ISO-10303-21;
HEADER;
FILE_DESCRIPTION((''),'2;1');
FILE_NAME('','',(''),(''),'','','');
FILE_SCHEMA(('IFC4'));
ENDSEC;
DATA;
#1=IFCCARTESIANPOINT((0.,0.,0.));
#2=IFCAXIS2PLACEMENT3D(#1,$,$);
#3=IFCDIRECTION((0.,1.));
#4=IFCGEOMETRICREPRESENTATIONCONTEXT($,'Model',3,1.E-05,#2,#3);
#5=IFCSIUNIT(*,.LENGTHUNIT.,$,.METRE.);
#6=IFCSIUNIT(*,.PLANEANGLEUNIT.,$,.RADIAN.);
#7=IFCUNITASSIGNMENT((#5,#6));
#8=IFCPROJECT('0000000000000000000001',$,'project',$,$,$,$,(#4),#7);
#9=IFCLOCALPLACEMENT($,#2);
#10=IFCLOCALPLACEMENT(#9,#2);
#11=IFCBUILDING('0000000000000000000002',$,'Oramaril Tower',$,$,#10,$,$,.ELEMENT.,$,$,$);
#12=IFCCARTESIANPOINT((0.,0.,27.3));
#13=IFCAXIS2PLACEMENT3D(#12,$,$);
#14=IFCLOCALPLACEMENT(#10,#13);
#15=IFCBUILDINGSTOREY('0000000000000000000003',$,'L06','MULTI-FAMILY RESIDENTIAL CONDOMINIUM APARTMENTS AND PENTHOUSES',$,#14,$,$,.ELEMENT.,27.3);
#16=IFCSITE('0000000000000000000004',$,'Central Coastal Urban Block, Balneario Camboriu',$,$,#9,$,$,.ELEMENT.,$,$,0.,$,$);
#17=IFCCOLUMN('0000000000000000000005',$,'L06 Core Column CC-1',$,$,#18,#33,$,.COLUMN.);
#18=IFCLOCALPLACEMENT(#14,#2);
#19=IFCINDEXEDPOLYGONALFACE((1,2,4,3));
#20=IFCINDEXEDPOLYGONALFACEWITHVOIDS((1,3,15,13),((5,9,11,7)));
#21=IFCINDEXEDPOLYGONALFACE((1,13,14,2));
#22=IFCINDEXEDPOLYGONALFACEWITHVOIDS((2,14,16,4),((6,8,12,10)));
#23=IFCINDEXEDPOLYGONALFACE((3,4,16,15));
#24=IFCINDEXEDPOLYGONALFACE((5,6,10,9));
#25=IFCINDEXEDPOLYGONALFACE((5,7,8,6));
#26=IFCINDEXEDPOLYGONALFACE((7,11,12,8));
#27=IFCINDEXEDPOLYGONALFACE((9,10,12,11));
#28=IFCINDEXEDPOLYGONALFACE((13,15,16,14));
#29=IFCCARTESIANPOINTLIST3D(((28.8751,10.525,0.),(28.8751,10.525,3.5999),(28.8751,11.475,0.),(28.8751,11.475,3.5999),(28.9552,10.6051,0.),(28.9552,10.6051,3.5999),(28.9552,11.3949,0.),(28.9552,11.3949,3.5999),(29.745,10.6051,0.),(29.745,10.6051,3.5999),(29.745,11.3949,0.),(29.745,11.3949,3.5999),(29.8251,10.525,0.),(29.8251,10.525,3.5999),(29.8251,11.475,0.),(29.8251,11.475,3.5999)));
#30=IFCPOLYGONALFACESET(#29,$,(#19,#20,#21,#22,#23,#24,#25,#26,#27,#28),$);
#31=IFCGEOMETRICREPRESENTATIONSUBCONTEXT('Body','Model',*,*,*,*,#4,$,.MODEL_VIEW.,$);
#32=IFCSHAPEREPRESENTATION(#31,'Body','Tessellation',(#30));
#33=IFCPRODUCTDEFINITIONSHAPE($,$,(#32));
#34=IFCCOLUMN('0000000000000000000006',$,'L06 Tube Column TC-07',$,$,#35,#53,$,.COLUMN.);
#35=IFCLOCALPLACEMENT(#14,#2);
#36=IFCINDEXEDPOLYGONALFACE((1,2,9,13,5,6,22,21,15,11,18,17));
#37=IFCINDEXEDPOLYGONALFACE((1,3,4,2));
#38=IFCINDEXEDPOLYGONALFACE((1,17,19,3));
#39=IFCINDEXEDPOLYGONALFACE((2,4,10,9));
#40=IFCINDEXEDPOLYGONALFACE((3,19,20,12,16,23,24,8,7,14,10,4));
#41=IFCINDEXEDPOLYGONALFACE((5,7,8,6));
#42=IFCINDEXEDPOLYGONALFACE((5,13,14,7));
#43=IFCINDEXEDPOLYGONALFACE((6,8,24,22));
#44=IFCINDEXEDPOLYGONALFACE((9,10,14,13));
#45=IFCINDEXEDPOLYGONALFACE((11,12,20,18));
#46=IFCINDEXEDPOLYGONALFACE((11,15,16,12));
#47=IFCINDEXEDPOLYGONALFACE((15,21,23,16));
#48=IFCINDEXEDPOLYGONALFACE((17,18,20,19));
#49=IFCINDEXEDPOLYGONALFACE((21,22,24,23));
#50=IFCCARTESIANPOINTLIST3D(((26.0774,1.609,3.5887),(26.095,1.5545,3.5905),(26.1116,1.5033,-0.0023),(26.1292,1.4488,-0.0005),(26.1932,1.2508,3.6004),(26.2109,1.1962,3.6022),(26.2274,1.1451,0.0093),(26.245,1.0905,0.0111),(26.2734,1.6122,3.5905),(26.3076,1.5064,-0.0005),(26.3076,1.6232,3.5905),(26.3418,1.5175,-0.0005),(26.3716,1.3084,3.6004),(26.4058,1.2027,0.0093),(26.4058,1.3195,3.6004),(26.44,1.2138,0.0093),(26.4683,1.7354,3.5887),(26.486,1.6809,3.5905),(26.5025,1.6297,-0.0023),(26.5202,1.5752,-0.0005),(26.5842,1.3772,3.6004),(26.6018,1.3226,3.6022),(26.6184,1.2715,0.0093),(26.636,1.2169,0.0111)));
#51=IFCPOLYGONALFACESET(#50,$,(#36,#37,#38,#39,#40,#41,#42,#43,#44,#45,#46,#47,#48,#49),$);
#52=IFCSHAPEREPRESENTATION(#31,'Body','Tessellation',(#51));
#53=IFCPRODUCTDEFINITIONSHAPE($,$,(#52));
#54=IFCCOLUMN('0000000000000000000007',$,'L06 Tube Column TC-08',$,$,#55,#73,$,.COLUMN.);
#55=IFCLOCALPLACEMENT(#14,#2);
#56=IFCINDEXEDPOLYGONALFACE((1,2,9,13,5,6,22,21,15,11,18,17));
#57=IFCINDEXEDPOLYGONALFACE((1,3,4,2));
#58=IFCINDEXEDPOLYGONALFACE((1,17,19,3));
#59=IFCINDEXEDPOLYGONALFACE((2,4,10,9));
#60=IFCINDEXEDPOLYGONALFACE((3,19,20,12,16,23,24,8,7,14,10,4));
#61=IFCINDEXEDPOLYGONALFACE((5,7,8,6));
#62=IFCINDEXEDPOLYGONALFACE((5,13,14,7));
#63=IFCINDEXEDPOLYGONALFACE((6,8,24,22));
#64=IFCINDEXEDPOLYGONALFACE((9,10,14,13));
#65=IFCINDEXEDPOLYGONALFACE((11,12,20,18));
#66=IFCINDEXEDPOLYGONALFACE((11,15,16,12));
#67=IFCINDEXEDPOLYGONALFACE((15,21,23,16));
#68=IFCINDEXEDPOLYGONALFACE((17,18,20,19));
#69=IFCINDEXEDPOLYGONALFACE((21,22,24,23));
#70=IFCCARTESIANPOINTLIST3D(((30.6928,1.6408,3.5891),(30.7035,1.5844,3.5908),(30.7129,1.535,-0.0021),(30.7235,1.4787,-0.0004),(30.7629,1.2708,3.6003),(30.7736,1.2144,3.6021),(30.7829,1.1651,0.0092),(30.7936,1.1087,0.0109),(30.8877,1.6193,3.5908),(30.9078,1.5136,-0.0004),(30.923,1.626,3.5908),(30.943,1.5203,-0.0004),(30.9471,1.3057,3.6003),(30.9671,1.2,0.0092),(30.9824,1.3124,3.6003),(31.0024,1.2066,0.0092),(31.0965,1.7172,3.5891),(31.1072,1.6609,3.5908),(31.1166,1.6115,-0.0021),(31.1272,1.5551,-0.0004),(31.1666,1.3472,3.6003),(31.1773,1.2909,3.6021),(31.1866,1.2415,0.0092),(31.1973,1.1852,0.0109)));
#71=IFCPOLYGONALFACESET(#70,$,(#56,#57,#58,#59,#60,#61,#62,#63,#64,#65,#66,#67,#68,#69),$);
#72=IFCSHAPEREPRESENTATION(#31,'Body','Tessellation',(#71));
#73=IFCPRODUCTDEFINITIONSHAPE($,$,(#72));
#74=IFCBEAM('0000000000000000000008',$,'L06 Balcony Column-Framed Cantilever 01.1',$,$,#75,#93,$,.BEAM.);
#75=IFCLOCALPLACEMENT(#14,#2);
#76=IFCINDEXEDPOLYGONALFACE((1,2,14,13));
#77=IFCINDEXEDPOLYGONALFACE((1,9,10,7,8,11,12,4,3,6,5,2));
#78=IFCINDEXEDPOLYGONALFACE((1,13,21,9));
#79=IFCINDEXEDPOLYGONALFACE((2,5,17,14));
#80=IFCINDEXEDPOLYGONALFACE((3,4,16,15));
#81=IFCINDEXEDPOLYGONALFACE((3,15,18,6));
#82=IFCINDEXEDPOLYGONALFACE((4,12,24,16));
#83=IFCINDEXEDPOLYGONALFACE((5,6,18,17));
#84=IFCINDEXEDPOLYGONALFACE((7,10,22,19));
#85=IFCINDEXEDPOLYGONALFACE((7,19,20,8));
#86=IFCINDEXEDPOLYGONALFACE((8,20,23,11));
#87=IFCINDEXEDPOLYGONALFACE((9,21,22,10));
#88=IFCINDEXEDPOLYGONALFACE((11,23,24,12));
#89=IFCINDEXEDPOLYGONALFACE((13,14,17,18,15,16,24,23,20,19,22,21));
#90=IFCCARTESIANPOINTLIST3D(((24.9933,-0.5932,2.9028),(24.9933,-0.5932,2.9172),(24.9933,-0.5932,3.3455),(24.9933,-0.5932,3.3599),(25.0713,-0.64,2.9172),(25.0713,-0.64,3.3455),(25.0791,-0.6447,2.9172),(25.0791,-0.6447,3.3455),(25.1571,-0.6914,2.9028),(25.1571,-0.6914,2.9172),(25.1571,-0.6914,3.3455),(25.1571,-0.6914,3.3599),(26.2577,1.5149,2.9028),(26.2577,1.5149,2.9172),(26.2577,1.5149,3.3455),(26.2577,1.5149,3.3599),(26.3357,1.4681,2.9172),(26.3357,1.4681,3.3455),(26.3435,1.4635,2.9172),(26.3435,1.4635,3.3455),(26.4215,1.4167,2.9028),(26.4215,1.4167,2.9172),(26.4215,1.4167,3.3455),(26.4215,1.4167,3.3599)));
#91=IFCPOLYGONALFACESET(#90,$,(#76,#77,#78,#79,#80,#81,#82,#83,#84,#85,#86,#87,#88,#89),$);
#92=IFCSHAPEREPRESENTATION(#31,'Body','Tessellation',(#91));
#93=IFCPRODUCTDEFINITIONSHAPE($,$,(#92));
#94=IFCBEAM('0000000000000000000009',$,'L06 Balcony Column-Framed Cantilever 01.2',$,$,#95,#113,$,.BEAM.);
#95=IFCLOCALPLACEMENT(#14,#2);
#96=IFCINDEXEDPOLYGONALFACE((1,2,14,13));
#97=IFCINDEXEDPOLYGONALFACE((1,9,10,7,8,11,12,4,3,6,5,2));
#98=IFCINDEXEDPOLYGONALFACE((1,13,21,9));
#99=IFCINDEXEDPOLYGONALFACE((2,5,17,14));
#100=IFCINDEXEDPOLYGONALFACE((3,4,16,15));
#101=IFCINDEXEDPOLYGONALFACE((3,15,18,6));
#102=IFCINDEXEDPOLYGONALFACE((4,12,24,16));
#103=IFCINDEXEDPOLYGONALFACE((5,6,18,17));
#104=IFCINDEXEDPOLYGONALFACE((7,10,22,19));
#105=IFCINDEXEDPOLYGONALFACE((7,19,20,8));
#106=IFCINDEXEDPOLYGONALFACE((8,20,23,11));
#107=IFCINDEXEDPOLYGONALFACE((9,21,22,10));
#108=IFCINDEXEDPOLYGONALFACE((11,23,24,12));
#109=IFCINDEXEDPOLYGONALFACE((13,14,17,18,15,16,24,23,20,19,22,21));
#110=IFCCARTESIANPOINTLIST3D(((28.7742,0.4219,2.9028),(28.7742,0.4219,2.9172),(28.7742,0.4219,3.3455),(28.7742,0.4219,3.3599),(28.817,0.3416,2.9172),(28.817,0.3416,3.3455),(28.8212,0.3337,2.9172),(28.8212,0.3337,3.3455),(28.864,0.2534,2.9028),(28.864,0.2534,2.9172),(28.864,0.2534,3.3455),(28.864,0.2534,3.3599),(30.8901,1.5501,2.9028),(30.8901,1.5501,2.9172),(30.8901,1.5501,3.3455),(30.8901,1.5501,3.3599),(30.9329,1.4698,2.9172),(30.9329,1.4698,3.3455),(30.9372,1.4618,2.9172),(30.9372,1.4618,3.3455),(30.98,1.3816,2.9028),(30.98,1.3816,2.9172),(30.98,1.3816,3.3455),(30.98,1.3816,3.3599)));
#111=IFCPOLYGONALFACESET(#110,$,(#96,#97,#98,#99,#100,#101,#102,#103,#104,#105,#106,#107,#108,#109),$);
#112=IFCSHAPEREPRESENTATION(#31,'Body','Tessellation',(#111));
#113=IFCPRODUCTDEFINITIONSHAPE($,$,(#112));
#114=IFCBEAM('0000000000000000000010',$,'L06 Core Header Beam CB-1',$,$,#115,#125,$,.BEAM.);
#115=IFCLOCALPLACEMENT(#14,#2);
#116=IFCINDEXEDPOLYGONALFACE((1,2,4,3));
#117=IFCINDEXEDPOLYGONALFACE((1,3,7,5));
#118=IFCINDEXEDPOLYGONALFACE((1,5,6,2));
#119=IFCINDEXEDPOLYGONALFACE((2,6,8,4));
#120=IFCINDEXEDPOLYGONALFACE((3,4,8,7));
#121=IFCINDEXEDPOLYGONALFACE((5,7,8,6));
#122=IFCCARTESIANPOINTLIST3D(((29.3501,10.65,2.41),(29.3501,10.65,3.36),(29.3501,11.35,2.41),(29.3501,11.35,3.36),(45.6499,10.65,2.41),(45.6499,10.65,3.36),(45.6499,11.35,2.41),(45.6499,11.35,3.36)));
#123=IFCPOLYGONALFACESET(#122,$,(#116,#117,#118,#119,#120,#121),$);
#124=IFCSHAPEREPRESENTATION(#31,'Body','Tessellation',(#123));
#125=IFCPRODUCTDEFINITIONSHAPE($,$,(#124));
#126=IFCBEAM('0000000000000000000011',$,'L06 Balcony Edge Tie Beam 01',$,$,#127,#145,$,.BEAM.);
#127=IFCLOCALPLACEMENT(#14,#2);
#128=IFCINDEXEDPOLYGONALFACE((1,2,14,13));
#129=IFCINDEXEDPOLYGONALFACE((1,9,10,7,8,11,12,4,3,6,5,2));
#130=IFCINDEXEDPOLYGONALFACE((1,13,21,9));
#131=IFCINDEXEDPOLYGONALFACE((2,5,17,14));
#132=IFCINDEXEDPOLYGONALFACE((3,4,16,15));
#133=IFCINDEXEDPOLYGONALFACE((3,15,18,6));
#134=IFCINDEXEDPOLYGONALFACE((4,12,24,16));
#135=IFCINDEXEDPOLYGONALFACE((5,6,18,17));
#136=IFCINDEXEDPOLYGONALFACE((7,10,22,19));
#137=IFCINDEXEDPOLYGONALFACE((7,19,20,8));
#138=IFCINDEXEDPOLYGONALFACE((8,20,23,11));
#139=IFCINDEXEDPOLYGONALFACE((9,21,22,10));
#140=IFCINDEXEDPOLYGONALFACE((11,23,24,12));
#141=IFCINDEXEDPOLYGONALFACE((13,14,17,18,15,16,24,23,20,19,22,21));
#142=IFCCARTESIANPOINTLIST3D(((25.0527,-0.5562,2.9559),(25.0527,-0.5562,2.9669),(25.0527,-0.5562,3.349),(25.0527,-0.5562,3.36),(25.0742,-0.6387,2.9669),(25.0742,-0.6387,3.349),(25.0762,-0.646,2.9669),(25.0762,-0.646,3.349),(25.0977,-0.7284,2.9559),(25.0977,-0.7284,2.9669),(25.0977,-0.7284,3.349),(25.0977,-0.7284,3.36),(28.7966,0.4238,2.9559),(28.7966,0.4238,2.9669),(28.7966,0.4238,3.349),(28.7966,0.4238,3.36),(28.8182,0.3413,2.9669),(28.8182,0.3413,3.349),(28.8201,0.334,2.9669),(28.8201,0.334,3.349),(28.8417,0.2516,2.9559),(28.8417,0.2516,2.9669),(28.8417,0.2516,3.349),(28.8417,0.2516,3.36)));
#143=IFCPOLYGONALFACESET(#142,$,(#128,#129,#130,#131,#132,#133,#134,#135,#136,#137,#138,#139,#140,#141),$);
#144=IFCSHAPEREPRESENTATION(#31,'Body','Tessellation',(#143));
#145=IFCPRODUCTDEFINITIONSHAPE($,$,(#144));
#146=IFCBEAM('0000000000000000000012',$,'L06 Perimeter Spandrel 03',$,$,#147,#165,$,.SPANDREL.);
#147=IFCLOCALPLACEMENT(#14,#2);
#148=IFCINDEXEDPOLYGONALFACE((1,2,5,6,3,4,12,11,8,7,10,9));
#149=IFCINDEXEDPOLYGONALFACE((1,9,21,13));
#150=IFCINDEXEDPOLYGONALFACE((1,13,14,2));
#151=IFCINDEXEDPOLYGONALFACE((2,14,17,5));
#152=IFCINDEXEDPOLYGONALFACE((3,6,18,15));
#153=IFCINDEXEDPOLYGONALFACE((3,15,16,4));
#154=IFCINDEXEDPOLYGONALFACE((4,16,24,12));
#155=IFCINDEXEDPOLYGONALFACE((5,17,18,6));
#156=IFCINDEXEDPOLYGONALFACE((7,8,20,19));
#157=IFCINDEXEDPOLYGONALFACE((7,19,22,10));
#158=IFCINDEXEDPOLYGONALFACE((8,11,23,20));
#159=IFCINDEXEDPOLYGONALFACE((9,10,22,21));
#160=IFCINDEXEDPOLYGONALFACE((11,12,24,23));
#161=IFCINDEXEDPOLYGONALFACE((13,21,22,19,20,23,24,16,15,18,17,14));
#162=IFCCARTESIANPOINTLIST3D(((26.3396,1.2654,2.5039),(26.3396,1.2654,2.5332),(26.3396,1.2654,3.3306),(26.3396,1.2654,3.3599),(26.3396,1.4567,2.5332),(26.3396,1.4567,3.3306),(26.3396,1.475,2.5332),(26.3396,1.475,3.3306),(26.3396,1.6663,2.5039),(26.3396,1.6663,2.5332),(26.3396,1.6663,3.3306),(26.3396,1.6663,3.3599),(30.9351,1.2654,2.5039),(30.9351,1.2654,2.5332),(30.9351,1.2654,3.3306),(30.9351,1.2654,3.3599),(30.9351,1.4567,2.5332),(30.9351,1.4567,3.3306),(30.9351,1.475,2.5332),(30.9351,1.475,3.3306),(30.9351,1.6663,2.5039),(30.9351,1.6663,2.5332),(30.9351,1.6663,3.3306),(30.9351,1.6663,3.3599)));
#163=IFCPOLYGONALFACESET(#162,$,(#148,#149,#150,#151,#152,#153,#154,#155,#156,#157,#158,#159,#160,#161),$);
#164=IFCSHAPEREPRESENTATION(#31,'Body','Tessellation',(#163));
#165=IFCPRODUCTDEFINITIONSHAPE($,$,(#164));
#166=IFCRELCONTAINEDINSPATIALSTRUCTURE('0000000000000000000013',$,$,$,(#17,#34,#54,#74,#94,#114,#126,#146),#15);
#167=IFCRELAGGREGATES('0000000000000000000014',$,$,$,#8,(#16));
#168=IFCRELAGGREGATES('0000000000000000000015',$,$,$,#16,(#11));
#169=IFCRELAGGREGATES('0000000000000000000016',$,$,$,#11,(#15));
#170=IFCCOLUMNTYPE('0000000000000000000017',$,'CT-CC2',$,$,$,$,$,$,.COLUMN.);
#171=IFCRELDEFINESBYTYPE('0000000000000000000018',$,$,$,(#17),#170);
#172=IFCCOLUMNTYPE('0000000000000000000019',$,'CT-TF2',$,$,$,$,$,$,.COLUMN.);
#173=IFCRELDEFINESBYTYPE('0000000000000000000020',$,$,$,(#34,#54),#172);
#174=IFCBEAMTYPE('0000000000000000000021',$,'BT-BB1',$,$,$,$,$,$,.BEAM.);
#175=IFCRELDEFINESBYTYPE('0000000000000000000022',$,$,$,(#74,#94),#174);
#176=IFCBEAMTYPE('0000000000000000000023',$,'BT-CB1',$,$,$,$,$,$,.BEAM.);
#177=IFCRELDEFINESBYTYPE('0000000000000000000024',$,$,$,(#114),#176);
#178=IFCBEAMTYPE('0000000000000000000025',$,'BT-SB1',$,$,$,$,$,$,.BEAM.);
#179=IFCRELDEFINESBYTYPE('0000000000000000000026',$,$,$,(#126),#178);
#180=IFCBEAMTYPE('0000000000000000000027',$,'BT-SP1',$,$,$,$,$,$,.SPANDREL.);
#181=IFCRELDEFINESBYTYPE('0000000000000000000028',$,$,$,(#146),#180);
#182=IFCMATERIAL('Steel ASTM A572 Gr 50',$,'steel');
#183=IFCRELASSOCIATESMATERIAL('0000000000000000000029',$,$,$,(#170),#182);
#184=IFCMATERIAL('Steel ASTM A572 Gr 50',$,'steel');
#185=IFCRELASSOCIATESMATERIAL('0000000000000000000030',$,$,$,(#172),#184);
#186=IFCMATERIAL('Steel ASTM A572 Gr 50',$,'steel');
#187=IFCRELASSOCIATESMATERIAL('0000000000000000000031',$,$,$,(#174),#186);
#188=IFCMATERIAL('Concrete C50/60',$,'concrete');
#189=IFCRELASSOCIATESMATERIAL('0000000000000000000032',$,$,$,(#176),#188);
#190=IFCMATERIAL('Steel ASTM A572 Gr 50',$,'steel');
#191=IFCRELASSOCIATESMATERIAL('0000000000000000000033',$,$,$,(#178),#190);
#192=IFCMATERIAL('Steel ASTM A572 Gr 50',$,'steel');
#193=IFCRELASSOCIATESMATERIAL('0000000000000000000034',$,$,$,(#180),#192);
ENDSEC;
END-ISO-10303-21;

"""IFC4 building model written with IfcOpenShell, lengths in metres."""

from ifc_helpers import new_model, si_unit, direction, frame, origin, origin_2d, place, context, subcontext, project, spatial, rectangle, hollow_rectangle, i_section, extrude, material, material_profile, profile_set, type_object, element, save


model = new_model("IFC4")

# Units and contexts
model_context = context("Model", 3, precision=1e-05, world=origin(), true_north=direction((0.0, 1.0)))
body_context = subcontext(model_context, "Body", "Model", "MODEL_VIEW")
ifc_project = project(units=[si_unit("LENGTHUNIT", "METRE"), si_unit("PLANEANGLEUNIT", "RADIAN")], contexts=[model_context])

# Site, building, storey
site_placement = place(None, origin())
site = spatial("IfcSite", under=ifc_project, at=site_placement, Name="Central Coastal Urban Block, Balneario Camboriu", CompositionType="ELEMENT", RefElevation=0.0)
building_placement = place(site_placement, origin())
building = spatial("IfcBuilding", under=site, at=building_placement, Name="Oramaril Tower", CompositionType="ELEMENT")
storey_placement = place(building_placement, frame((0.0, 0.0, 27.3)))
storey = spatial("IfcBuildingStorey", under=building, at=storey_placement, Name="L06", Description="MULTI-FAMILY RESIDENTIAL CONDOMINIUM APARTMENTS AND PENTHOUSES", CompositionType="ELEMENT", Elevation=27.3)

# Columns
ifc_material_1 = material(Name="Steel ASTM A572 Gr 50", Category="steel")
ifc_material_profile_1 = material_profile(ifc_material_1, hollow_rectangle(XDim=0.95, YDim=0.95, WallThickness=0.0801, at=origin_2d()), Name="BOX950X950X80")
ifc_profile_set_1 = profile_set([ifc_material_profile_1], Name="Steel ASTM A572 Gr 50")
column_type_1 = type_object("IfcColumnType", Name="CT-CC2", PredefinedType="COLUMN", material=ifc_profile_set_1)
column_placement = place(storey_placement, frame((29.3501, 11.0, 0.0), z_axis=(0.0, 0.0, 1.0), x_axis=(1.0, 0.0, 0.0)))
element("IfcColumn", 1, at=column_placement, inside=storey, type_object=column_type_1, Name="L06 Core Column CC-1", PredefinedType="COLUMN", context=body_context, shape_type="SweptSolid", body=[
    extrude(hollow_rectangle(XDim=0.95, YDim=0.95, WallThickness=0.0801, at=origin_2d()), origin(), (0.0, 0.0, 1.0), 3.5999),
])
ifc_material_2 = material(Name="Steel ASTM A572 Gr 50", Category="steel")
ifc_material_profile_2 = material_profile(ifc_material_2, i_section(OverallWidth=0.4109, OverallDepth=0.4341, WebThickness=0.0359, FlangeThickness=0.0574, at=origin_2d()), Name="W14X311")
ifc_profile_set_2 = profile_set([ifc_material_profile_2], Name="Steel ASTM A572 Gr 50")
column_type_2 = type_object("IfcColumnType", Name="CT-TF2", PredefinedType="COLUMN", material=ifc_profile_set_2)
for number, where, z_axis, x_axis, name in (
    (2, (26.3738, 1.3601, 0.0044), (-0.009513, 0.029424, 0.999522), (-0.951501, -0.307645, 0.0), "L06 Tube Column TC-07"),
    (3, (30.9551, 1.3601, 0.0044), (-0.005572, 0.029425, 0.999551), (-0.982537, -0.186069, 0.0), "L06 Tube Column TC-08"),
):
    element("IfcColumn", number, at=place(storey_placement, frame(where, z_axis=z_axis, x_axis=x_axis)), inside=storey, type_object=column_type_2, Name=name, PredefinedType="COLUMN", context=body_context, shape_type="SweptSolid", body=[
        extrude(i_section(OverallWidth=0.4109, OverallDepth=0.4341, WebThickness=0.0359, FlangeThickness=0.0574, at=origin_2d()), origin(), (0.0, 0.0, 1.0), 3.5928),
    ])

# Beams
ifc_material_3 = material(Name="Steel ASTM A572 Gr 50", Category="steel")
ifc_material_profile_3 = material_profile(ifc_material_3, i_section(OverallWidth=0.1909, OverallDepth=0.457, WebThickness=0.009, FlangeThickness=0.0144, at=origin_2d()), Name="W18X50")
ifc_profile_set_3 = profile_set([ifc_material_profile_3], Name="Steel ASTM A572 Gr 50")
beam_type_1 = type_object("IfcBeamType", Name="BT-BB1", PredefinedType="BEAM", material=ifc_profile_set_3)
beam_1_placement = place(storey_placement, frame((26.3396, 1.4658, 3.1313), z_axis=(-0.51435, -0.857581, 0.0), x_axis=(0.857581, -0.51435, 0.0)))
element("IfcBeam", 4, at=beam_1_placement, inside=storey, type_object=beam_type_1, Name="L06 Balcony Column-Framed Cantilever 01.1", PredefinedType="BEAM", context=body_context, shape_type="SweptSolid", body=[
    extrude(i_section(OverallWidth=0.1909, OverallDepth=0.457, WebThickness=0.009, FlangeThickness=0.0144, at=origin_2d()), origin(), (0.0, 0.0, 1.0), 2.4583),
])
beam_2_placement = place(storey_placement, frame((30.9351, 1.4658, 3.1313), z_axis=(-0.882412, -0.470477, 0.0), x_axis=(0.470477, -0.882412, 0.0)))
element("IfcBeam", 5, at=beam_2_placement, inside=storey, type_object=beam_type_1, Name="L06 Balcony Column-Framed Cantilever 01.2", PredefinedType="BEAM", context=body_context, shape_type="SweptSolid", body=[
    extrude(i_section(OverallWidth=0.1909, OverallDepth=0.457, WebThickness=0.009, FlangeThickness=0.0144, at=origin_2d()), origin(), (0.0, 0.0, 1.0), 2.3979),
])
ifc_material_4 = material(Name="Concrete C50/60", Category="concrete")
ifc_material_profile_4 = material_profile(ifc_material_4, rectangle(XDim=0.7, YDim=0.95, at=origin_2d()), Name="CB700X950")
ifc_profile_set_4 = profile_set([ifc_material_profile_4], Name="Concrete C50/60")
beam_type_2 = type_object("IfcBeamType", Name="BT-CB1", PredefinedType="BEAM", material=ifc_profile_set_4)
beam_3_placement = place(storey_placement, frame((29.3501, 11.0, 2.885), z_axis=(1.0, 0.0, 0.0), x_axis=(0.0, 1.0, 0.0)))
element("IfcBeam", 6, at=beam_3_placement, inside=storey, type_object=beam_type_2, Name="L06 Core Header Beam CB-1", PredefinedType="BEAM", context=body_context, shape_type="SweptSolid", body=[
    extrude(rectangle(XDim=0.7, YDim=0.95, at=origin_2d()), origin(), (0.0, 0.0, 1.0), 16.2998),
])
ifc_material_5 = material(Name="Steel ASTM A572 Gr 50", Category="steel")
ifc_material_profile_5 = material_profile(ifc_material_5, i_section(OverallWidth=0.178, OverallDepth=0.4041, WebThickness=0.0076, FlangeThickness=0.011, at=origin_2d()), Name="W16X36")
ifc_profile_set_5 = profile_set([ifc_material_profile_5], Name="Steel ASTM A572 Gr 50")
beam_type_3 = type_object("IfcBeamType", Name="BT-SB1", PredefinedType="BEAM", material=ifc_profile_set_5)
beam_4_placement = place(storey_placement, frame((25.0752, -0.6423, 3.158), z_axis=(0.967408, 0.253223, 0.0), x_axis=(-0.253223, 0.967408, 0.0)))
element("IfcBeam", 7, at=beam_4_placement, inside=storey, type_object=beam_type_3, Name="L06 Balcony Edge Tie Beam 01", PredefinedType="BEAM", context=body_context, shape_type="SweptSolid", body=[
    extrude(i_section(OverallWidth=0.178, OverallDepth=0.4041, WebThickness=0.0076, FlangeThickness=0.011, at=origin_2d()), origin(), (0.0, 0.0, 1.0), 3.8701),
])
ifc_material_6 = material(Name="Steel ASTM A572 Gr 50", Category="steel")
ifc_material_profile_6 = material_profile(ifc_material_6, i_section(OverallWidth=0.4009, OverallDepth=0.856, WebThickness=0.0183, FlangeThickness=0.0293, at=origin_2d()), Name="W33X201")
ifc_profile_set_6 = profile_set([ifc_material_profile_6], Name="Steel ASTM A572 Gr 50")
beam_type_4 = type_object("IfcBeamType", Name="BT-SP1", PredefinedType="SPANDREL", material=ifc_profile_set_6)
beam_5_placement = place(storey_placement, frame((26.3396, 1.4658, 2.9319), z_axis=(1.0, 0.0, 0.0), x_axis=(0.0, 1.0, 0.0)))
element("IfcBeam", 8, at=beam_5_placement, inside=storey, type_object=beam_type_4, Name="L06 Perimeter Spandrel 03", PredefinedType="SPANDREL", context=body_context, shape_type="SweptSolid", body=[
    extrude(i_section(OverallWidth=0.4009, OverallDepth=0.856, WebThickness=0.0183, FlangeThickness=0.0293, at=origin_2d()), origin(), (0.0, 0.0, 1.0), 4.5955),
])

save(model, "model.ifc")
